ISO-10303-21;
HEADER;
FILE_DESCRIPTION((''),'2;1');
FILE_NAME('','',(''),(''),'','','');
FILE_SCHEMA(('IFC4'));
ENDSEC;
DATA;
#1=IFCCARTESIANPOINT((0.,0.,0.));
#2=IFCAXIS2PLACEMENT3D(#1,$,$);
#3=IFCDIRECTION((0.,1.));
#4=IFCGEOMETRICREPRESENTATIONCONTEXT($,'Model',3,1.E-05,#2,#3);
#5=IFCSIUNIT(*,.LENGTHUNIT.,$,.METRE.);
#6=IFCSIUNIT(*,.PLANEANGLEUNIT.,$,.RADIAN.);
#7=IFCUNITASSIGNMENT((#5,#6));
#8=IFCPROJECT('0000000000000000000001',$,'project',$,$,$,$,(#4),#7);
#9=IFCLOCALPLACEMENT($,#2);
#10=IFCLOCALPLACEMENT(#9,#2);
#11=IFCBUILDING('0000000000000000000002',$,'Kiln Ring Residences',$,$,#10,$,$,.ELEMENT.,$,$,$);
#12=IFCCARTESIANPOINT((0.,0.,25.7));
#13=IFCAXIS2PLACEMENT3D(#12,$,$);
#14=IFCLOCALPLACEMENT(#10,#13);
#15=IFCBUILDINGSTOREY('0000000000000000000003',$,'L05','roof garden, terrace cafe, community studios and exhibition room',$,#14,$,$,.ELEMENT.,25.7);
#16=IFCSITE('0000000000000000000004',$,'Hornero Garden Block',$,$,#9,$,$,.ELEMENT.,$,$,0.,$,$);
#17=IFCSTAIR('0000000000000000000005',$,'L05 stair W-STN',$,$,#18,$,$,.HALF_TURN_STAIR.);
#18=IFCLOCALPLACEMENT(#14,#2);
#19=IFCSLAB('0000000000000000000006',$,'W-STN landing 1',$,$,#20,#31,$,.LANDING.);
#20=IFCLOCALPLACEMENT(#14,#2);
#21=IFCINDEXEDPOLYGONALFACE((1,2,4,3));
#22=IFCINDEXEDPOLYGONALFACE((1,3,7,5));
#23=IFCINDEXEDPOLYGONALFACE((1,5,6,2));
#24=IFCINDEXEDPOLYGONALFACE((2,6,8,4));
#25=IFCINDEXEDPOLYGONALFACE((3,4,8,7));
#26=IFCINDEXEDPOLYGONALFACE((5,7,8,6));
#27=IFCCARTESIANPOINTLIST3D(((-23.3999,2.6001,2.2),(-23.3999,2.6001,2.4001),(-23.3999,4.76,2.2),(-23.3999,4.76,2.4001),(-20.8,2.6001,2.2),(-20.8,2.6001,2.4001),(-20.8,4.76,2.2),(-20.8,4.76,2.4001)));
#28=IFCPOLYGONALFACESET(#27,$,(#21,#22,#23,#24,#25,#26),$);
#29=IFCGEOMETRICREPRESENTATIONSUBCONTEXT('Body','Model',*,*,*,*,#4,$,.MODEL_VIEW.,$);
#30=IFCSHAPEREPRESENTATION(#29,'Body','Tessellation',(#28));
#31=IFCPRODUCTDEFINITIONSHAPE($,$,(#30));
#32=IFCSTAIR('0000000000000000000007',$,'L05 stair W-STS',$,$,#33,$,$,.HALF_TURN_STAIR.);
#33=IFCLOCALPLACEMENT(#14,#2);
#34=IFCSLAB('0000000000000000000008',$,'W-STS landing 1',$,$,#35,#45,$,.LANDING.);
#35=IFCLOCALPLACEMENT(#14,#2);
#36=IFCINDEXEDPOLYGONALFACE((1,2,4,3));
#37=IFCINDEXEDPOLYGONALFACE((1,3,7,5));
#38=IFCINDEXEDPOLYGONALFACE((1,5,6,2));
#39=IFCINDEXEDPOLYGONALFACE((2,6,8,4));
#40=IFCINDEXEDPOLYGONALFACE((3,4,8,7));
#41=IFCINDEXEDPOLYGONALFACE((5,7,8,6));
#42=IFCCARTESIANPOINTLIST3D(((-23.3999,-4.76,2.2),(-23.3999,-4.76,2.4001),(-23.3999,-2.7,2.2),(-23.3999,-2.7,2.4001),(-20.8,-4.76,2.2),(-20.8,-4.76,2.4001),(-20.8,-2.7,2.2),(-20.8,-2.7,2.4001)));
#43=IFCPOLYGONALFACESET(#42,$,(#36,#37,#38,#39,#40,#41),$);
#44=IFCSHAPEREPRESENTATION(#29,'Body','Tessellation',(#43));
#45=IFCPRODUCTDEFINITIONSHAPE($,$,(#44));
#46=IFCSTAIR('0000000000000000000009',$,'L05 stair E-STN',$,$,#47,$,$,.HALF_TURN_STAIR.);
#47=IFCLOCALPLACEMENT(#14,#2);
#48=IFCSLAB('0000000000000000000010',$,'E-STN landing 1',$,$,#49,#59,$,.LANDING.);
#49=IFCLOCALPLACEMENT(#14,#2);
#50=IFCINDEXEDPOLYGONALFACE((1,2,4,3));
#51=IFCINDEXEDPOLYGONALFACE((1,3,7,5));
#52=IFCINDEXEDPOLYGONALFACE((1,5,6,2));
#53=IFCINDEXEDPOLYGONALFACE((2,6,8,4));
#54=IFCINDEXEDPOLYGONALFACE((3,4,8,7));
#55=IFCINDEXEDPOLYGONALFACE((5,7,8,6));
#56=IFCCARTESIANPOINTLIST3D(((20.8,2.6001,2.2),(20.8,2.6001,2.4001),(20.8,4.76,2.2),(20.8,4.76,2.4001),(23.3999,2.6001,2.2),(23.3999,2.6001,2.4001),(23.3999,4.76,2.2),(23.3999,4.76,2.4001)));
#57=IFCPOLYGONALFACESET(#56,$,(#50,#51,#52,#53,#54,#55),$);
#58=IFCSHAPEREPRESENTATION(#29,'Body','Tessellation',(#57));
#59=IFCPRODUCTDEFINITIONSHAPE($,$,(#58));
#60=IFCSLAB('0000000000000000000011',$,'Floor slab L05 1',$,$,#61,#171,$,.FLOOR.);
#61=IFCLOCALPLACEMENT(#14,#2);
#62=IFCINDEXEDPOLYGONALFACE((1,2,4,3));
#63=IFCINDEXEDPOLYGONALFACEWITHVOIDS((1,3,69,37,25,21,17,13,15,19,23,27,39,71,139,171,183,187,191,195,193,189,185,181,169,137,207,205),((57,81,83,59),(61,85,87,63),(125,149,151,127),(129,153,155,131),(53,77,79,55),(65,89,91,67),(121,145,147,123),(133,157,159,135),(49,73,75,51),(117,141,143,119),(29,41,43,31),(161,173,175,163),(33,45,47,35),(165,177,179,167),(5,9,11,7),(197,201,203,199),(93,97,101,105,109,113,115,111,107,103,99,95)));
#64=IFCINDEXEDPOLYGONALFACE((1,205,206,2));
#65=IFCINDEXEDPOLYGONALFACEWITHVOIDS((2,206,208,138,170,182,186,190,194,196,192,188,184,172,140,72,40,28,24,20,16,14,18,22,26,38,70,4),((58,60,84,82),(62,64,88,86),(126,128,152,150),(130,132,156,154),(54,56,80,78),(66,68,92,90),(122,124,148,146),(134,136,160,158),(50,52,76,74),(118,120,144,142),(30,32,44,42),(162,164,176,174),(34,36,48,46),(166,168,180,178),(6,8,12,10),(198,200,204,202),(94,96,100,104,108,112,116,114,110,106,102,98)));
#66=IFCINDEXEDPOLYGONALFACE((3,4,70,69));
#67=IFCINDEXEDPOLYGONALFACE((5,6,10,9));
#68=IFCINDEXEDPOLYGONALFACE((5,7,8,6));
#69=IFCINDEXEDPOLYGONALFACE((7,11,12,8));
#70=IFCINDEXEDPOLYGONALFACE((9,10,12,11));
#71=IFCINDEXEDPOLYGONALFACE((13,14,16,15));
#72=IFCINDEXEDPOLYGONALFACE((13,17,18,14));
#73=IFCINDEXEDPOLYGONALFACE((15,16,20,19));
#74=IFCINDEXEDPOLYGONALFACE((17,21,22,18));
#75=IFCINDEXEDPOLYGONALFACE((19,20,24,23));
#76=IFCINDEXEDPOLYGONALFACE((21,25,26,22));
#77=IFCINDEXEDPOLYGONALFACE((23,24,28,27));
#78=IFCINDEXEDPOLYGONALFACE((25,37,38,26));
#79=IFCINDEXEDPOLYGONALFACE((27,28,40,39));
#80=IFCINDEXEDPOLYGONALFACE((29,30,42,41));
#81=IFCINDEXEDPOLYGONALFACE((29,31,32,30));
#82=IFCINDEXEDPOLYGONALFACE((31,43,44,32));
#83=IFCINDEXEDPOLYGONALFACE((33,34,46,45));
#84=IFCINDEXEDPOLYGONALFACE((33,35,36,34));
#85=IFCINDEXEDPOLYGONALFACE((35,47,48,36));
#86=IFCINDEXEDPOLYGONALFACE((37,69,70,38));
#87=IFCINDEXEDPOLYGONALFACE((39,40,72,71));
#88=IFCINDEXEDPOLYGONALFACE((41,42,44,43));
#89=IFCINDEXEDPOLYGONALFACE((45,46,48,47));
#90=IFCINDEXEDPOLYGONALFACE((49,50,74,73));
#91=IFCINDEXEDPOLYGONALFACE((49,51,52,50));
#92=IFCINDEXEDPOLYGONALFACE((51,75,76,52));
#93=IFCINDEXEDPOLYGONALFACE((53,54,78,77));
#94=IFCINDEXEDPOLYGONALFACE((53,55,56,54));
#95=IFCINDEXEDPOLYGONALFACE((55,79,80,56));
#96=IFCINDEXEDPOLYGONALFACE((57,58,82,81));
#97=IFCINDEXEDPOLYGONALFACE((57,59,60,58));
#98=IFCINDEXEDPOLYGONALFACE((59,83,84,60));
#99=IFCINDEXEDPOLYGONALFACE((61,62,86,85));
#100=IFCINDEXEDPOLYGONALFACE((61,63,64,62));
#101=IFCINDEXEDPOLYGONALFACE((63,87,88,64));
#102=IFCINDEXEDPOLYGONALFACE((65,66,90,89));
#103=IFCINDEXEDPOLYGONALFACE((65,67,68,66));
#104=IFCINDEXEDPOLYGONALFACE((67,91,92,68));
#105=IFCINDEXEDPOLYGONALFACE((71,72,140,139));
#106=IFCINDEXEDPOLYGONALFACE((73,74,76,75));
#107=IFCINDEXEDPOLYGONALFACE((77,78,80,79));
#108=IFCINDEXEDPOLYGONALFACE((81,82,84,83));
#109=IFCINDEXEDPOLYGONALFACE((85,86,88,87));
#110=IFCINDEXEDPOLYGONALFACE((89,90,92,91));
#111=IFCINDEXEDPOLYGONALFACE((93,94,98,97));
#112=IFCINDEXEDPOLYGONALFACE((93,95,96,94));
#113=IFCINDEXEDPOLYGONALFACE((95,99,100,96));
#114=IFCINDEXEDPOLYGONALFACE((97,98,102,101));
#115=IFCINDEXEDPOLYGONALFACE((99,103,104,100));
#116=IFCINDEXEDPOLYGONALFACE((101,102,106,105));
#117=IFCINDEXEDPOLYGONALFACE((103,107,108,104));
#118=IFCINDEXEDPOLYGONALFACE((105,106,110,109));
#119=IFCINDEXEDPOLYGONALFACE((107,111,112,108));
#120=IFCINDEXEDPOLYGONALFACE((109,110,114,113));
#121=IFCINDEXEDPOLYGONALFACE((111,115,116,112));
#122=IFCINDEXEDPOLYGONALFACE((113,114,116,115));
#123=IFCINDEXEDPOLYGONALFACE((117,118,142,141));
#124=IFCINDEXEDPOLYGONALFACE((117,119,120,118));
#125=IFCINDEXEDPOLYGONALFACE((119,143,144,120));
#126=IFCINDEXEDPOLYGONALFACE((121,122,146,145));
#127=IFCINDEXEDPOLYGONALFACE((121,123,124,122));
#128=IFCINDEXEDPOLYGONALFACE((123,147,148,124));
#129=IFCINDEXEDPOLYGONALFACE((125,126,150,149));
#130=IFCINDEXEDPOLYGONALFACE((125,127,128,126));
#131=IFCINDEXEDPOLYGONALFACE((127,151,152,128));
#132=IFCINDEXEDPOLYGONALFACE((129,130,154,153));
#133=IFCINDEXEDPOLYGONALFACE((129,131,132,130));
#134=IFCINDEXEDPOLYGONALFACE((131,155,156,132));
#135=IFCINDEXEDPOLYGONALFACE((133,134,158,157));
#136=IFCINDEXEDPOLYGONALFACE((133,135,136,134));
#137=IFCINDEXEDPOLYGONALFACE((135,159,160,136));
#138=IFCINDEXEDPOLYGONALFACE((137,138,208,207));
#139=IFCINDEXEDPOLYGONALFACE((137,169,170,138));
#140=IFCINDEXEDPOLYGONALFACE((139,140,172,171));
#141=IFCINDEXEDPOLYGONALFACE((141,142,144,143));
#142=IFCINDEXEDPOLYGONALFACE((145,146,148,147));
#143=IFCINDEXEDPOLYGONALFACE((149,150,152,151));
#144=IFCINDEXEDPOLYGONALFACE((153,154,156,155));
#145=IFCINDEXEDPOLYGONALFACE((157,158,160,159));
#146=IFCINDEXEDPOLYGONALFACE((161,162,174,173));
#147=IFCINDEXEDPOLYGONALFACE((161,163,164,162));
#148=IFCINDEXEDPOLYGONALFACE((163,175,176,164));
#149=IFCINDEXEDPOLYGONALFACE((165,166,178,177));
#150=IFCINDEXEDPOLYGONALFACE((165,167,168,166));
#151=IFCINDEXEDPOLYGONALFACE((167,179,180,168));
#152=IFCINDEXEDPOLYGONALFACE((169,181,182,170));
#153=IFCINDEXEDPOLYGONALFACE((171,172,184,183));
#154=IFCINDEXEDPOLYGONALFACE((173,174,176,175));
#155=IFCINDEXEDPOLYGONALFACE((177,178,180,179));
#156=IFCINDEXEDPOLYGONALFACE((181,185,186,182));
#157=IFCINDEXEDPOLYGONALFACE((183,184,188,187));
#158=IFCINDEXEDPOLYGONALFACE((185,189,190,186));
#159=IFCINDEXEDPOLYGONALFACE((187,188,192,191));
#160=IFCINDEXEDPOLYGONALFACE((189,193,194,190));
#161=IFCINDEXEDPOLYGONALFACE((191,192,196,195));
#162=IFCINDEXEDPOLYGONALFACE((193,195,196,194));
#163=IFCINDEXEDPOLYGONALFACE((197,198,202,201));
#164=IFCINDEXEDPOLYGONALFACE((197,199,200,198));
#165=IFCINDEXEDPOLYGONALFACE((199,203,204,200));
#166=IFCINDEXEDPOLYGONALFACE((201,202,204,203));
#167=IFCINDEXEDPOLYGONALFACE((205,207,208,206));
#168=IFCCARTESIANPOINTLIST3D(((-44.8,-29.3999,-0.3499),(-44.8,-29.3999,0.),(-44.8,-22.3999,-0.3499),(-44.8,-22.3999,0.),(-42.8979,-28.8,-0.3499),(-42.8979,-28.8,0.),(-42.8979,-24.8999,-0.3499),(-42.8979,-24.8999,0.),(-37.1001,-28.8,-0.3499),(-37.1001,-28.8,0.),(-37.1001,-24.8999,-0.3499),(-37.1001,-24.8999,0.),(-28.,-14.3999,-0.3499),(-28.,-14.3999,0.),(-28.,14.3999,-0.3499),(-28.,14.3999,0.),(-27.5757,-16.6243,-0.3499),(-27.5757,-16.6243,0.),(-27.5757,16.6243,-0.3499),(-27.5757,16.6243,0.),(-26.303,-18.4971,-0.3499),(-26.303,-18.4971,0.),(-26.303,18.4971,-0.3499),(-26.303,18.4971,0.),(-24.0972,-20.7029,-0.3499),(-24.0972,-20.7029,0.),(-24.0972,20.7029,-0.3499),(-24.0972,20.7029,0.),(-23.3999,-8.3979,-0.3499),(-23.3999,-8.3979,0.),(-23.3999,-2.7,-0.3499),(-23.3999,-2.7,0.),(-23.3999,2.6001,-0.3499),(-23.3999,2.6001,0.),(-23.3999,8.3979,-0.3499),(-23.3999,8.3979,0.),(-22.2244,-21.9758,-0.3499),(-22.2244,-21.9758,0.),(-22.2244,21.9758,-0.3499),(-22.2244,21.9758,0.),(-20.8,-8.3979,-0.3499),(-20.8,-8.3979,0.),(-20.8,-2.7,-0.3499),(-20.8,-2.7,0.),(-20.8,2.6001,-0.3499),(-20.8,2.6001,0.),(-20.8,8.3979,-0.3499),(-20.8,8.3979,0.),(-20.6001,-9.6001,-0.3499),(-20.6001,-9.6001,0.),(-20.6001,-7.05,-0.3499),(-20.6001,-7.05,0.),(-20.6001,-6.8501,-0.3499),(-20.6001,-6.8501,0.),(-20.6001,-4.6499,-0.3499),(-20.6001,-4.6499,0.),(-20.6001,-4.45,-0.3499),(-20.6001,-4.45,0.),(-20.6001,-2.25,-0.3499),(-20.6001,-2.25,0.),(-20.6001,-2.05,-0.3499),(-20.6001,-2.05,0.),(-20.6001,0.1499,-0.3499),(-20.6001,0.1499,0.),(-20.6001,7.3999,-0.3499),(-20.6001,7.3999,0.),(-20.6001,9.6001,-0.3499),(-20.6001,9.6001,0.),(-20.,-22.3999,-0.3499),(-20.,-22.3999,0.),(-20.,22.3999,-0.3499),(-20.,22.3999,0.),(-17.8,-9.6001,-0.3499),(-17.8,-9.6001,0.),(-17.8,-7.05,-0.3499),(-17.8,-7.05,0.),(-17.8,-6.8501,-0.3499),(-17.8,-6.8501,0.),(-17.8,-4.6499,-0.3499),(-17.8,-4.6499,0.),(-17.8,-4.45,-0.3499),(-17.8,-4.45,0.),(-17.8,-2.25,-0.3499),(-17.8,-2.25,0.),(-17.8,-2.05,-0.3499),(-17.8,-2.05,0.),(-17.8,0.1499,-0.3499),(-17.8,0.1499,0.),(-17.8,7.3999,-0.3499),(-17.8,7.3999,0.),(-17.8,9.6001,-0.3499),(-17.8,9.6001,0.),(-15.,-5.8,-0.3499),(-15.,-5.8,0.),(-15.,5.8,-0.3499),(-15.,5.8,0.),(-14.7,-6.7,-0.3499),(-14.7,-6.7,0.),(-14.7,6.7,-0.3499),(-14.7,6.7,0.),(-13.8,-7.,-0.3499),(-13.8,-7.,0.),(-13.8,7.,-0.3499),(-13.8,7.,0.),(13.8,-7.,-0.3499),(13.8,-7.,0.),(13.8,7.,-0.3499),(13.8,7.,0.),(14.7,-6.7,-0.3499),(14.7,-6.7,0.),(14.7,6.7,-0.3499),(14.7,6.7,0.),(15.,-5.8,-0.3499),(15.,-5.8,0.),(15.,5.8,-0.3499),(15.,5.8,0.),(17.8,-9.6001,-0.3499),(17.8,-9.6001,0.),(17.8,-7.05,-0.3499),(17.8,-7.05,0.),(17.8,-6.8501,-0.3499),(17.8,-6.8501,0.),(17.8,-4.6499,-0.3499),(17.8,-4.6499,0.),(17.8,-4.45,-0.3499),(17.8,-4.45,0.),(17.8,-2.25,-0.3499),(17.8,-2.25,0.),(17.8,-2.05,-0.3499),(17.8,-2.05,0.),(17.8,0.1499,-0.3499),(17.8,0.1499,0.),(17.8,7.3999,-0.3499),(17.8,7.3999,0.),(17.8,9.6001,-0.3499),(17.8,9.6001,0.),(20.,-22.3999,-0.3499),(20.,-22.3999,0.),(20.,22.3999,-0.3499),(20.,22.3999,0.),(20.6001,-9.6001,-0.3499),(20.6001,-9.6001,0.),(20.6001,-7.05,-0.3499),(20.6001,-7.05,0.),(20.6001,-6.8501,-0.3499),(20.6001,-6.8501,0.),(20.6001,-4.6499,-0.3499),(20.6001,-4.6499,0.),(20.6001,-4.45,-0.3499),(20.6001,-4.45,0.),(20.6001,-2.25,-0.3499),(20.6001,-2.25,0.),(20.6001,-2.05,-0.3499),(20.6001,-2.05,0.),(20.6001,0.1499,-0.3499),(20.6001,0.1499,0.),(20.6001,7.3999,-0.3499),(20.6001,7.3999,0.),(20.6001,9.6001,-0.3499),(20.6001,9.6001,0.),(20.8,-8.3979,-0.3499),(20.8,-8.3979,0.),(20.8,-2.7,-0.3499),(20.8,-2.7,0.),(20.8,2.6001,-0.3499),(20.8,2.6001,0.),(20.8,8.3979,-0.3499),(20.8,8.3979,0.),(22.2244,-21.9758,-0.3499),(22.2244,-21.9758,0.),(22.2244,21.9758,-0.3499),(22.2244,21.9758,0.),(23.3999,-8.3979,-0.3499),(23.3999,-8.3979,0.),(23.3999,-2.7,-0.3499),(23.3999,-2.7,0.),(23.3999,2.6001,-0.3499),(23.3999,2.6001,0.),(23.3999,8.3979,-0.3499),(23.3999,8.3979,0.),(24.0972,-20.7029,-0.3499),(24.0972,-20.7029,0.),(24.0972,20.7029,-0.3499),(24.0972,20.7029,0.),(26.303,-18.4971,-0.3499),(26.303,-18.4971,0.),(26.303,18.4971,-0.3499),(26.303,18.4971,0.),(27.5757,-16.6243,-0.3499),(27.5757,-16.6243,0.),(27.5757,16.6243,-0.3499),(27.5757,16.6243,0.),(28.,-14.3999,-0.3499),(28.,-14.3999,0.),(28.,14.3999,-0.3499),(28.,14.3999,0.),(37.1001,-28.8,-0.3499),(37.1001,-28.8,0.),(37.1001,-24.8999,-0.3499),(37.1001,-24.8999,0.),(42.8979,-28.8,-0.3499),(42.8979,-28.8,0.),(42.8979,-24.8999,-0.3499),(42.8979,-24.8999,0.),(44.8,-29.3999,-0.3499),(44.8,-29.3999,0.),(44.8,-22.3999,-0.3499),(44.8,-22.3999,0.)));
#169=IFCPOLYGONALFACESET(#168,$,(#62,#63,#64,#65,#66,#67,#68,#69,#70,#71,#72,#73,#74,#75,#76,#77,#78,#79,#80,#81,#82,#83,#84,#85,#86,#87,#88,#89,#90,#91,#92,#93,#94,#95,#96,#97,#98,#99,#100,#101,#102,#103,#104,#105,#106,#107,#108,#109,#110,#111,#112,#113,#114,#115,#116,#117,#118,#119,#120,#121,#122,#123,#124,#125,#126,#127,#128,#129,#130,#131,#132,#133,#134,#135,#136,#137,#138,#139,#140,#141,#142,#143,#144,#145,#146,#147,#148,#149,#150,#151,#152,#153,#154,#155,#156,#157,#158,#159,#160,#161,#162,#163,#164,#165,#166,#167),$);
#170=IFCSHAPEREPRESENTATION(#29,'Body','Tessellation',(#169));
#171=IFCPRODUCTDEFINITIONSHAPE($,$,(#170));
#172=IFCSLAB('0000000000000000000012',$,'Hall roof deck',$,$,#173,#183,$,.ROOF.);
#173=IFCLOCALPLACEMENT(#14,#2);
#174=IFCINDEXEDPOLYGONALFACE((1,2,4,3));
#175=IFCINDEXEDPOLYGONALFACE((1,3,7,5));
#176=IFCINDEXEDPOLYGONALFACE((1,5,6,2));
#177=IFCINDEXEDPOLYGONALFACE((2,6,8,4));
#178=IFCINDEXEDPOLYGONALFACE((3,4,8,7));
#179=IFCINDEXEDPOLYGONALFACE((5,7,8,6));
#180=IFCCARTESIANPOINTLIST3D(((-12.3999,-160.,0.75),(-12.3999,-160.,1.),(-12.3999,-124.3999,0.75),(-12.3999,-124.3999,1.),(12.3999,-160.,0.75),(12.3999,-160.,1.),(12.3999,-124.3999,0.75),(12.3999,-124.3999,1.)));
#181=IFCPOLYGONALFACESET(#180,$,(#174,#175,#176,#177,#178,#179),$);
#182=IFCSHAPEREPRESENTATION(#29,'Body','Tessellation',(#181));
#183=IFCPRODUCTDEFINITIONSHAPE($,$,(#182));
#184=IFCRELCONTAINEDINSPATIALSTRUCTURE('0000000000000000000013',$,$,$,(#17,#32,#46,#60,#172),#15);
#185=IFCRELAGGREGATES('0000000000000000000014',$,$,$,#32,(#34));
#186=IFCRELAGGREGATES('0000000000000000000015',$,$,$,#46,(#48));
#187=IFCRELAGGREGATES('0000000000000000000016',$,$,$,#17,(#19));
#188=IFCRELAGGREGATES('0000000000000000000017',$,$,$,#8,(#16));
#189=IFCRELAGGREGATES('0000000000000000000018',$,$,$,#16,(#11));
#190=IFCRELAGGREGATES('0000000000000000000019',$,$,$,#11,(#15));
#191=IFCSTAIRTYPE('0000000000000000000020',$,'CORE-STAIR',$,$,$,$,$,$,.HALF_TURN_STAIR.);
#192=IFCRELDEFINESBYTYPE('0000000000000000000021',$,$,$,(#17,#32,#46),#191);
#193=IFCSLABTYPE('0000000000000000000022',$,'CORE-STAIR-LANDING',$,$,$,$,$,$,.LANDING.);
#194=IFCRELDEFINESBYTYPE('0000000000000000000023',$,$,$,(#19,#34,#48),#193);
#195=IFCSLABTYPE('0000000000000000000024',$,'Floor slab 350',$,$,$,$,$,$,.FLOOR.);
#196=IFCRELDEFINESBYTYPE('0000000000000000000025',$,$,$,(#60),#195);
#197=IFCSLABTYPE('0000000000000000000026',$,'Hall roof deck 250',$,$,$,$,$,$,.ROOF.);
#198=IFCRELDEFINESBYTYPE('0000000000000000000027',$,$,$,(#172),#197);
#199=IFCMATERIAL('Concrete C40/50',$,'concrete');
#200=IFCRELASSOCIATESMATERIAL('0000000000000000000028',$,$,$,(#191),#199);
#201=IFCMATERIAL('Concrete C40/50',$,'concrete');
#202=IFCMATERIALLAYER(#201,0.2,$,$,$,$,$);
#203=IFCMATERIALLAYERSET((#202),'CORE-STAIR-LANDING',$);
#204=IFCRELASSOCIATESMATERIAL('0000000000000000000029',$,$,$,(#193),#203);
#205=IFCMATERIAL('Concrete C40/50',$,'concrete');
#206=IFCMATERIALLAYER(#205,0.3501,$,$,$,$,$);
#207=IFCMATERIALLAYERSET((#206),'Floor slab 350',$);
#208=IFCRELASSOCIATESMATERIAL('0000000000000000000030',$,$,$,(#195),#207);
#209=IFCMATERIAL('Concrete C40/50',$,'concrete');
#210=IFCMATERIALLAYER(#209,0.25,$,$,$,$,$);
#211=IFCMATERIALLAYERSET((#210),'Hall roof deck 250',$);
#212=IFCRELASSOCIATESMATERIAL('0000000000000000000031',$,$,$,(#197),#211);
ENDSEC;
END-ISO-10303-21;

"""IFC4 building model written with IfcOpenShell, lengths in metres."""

from ifc_helpers import new_model, si_unit, direction, frame, origin, place, context, subcontext, project, spatial, polyline, outline, extrude, material, layer, layer_set, type_object, element, aggregate, save


model = new_model("IFC4")

# Units and contexts
model_context = context("Model", 3, precision=1e-05, world=origin(), true_north=direction((0.0, 1.0)))
body_context = subcontext(model_context, "Body", "Model", "MODEL_VIEW")
ifc_project = project(units=[si_unit("LENGTHUNIT", "METRE"), si_unit("PLANEANGLEUNIT", "RADIAN")], contexts=[model_context])

# Site, building, storey
site_placement = place(None, origin())
site = spatial("IfcSite", under=ifc_project, at=site_placement, Name="Hornero Garden Block", CompositionType="ELEMENT", RefElevation=0.0)
building_placement = place(site_placement, origin())
building = spatial("IfcBuilding", under=site, at=building_placement, Name="Kiln Ring Residences", CompositionType="ELEMENT")
storey_placement = place(building_placement, frame((0.0, 0.0, 25.7)))
storey = spatial("IfcBuildingStorey", under=building, at=storey_placement, Name="L05", Description="roof garden, terrace cafe, community studios and exhibition room", CompositionType="ELEMENT", Elevation=25.7)

# Stairs, slabs
ifc_material_1 = material(Name="Concrete C40/50", Category="concrete")
stair_type = type_object("IfcStairType", Name="CORE-STAIR", PredefinedType="HALF_TURN_STAIR", material=ifc_material_1)
placement_1 = place(storey_placement, origin())
stair_1 = element("IfcStair", 1, at=placement_1, inside=storey, type_object=stair_type, Name="L05 stair W-STN", PredefinedType="HALF_TURN_STAIR")
ifc_material_2 = material(Name="Concrete C40/50", Category="concrete")
ifc_layer_1 = layer(ifc_material_2, 0.2)
ifc_layer_set_1 = layer_set([ifc_layer_1], Name="CORE-STAIR-LANDING")
slab_type_1 = type_object("IfcSlabType", Name="CORE-STAIR-LANDING", PredefinedType="LANDING", material=ifc_layer_set_1)
placement_2 = place(storey_placement, frame((0.0, 0.0, 2.2)))
slab_1 = element("IfcSlab", 2, at=placement_2, type_object=slab_type_1, Name="W-STN landing 1", PredefinedType="LANDING", context=body_context, shape_type="SweptSolid", body=[
    extrude(outline(polyline([(-23.3999, 4.76), (-23.3999, 2.6001), (-20.8, 2.6001), (-20.8, 4.76), (-23.3999, 4.76)])), origin(), (0.0, 0.0, 1.0), 0.2002),
])
stair_2 = element("IfcStair", 3, at=placement_1, inside=storey, type_object=stair_type, Name="L05 stair W-STS", PredefinedType="HALF_TURN_STAIR")
slab_2 = element("IfcSlab", 4, at=placement_2, type_object=slab_type_1, Name="W-STS landing 1", PredefinedType="LANDING", context=body_context, shape_type="SweptSolid", body=[
    extrude(outline(polyline([(-20.8, -4.76), (-20.8, -2.7), (-23.3999, -2.7), (-23.3999, -4.76), (-20.8, -4.76)])), origin(), (0.0, 0.0, 1.0), 0.2002),
])
aggregate(stair_2, [slab_2])
stair_3 = element("IfcStair", 5, at=placement_1, inside=storey, type_object=stair_type, Name="L05 stair E-STN", PredefinedType="HALF_TURN_STAIR")
slab_3 = element("IfcSlab", 6, at=placement_2, type_object=slab_type_1, Name="E-STN landing 1", PredefinedType="LANDING", context=body_context, shape_type="SweptSolid", body=[
    extrude(outline(polyline([(20.8, 4.76), (20.8, 2.6001), (23.3999, 2.6001), (23.3999, 4.76), (20.8, 4.76)])), origin(), (0.0, 0.0, 1.0), 0.2002),
])
aggregate(stair_3, [slab_3])

# Slabs
ifc_material_3 = material(Name="Concrete C40/50", Category="concrete")
ifc_layer_2 = layer(ifc_material_3, 0.3501)
ifc_layer_set_2 = layer_set([ifc_layer_2], Name="Floor slab 350")
slab_type_2 = type_object("IfcSlabType", Name="Floor slab 350", PredefinedType="FLOOR", material=ifc_layer_set_2)
slab_4_placement = place(storey_placement, frame((0.0, 0.0, -0.3499)))
element("IfcSlab", 7, at=slab_4_placement, inside=storey, type_object=slab_type_2, Name="Floor slab L05 1", PredefinedType="FLOOR", context=body_context, shape_type="SweptSolid", body=[
    extrude(outline(polyline([(44.8, -29.3999), (44.8, -22.3999), (20.0, -22.3999), (22.2244, -21.9758), (24.0972, -20.7029), (26.303, -18.4971), (27.5757, -16.6243), (28.0, -14.3999), (28.0, 14.3999), (27.5757, 16.6243), (26.303, 18.4971), (24.0972, 20.7029), (22.2244, 21.9758), (20.0, 22.3999), (-20.0, 22.3999), (-22.2244, 21.9758), (-24.0972, 20.7029), (-26.303, 18.4971), (-27.5757, 16.6243), (-28.0, 14.3999), (-28.0, -14.3999), (-27.5757, -16.6243), (-26.303, -18.4971), (-24.0972, -20.7029), (-22.2244, -21.9758), (-20.0, -22.3999), (-44.8, -22.3999), (-44.8, -29.3999), (44.8, -29.3999)]), holes=[polyline([(-14.7, -6.7), (-15.0, -5.8), (-15.0, 5.8), (-14.7, 6.7), (-13.8, 7.0), (13.8, 7.0), (14.7, 6.7), (15.0, 5.8), (15.0, -5.8), (14.7, -6.7), (13.8, -7.0), (-13.8, -7.0), (-14.7, -6.7)]), polyline([(42.8979, -24.8999), (42.8979, -28.8), (37.1001, -28.8), (37.1001, -24.8999), (42.8979, -24.8999)]), polyline([(20.8, -8.3979), (20.8, -2.7), (23.3999, -2.7), (23.3999, -8.3979), (20.8, -8.3979)]), polyline([(20.8, 2.6001), (20.8, 8.3979), (23.3999, 8.3979), (23.3999, 2.6001), (20.8, 2.6001)]), polyline([(17.8, -9.6001), (17.8, -7.05), (20.6001, -7.05), (20.6001, -9.6001), (17.8, -9.6001)]), polyline([(17.8, -6.8501), (17.8, -4.6499), (20.6001, -4.6499), (20.6001, -6.8501), (17.8, -6.8501)]), polyline([(17.8, -4.45), (17.8, -2.25), (20.6001, -2.25), (20.6001, -4.45), (17.8, -4.45)]), polyline([(17.8, -2.05), (17.8, 0.1499), (20.6001, 0.1499), (20.6001, -2.05), (17.8, -2.05)]), polyline([(17.8, 7.3999), (17.8, 9.6001), (20.6001, 9.6001), (20.6001, 7.3999), (17.8, 7.3999)]), polyline([(-17.8, -9.6001), (-20.6001, -9.6001), (-20.6001, -7.05), (-17.8, -7.05), (-17.8, -9.6001)]), polyline([(-17.8, -6.8501), (-20.6001, -6.8501), (-20.6001, -4.6499), (-17.8, -4.6499), (-17.8, -6.8501)]), polyline([(-17.8, -4.45), (-20.6001, -4.45), (-20.6001, -2.25), (-17.8, -2.25), (-17.8, -4.45)]), polyline([(-17.8, -2.05), (-20.6001, -2.05), (-20.6001, 0.1499), (-17.8, 0.1499), (-17.8, -2.05)]), polyline([(-17.8, 7.3999), (-20.6001, 7.3999), (-20.6001, 9.6001), (-17.8, 9.6001), (-17.8, 7.3999)]), polyline([(-20.8, -8.3979), (-23.3999, -8.3979), (-23.3999, -2.7), (-20.8, -2.7), (-20.8, -8.3979)]), polyline([(-20.8, 2.6001), (-23.3999, 2.6001), (-23.3999, 8.3979), (-20.8, 8.3979), (-20.8, 2.6001)]), polyline([(-42.8979, -28.8), (-42.8979, -24.8999), (-37.1001, -24.8999), (-37.1001, -28.8), (-42.8979, -28.8)])]), origin(), (0.0, 0.0, 1.0), 0.3499),
])
ifc_material_4 = material(Name="Concrete C40/50", Category="concrete")
ifc_layer_3 = layer(ifc_material_4, 0.25)
ifc_layer_set_3 = layer_set([ifc_layer_3], Name="Hall roof deck 250")
slab_type_3 = type_object("IfcSlabType", Name="Hall roof deck 250", PredefinedType="ROOF", material=ifc_layer_set_3)
slab_5_placement = place(storey_placement, frame((0.0, 0.0, 0.75)))
element("IfcSlab", 8, at=slab_5_placement, inside=storey, type_object=slab_type_3, Name="Hall roof deck", PredefinedType="ROOF", context=body_context, shape_type="SweptSolid", body=[
    extrude(outline(polyline([(-12.3999, -160.0), (12.3999, -160.0), (12.3999, -124.3999), (-12.3999, -124.3999), (-12.3999, -160.0)])), origin(), (0.0, 0.0, 1.0), 0.25),
])

aggregate(stair_1, [slab_1])

save(model, "model.ifc")
